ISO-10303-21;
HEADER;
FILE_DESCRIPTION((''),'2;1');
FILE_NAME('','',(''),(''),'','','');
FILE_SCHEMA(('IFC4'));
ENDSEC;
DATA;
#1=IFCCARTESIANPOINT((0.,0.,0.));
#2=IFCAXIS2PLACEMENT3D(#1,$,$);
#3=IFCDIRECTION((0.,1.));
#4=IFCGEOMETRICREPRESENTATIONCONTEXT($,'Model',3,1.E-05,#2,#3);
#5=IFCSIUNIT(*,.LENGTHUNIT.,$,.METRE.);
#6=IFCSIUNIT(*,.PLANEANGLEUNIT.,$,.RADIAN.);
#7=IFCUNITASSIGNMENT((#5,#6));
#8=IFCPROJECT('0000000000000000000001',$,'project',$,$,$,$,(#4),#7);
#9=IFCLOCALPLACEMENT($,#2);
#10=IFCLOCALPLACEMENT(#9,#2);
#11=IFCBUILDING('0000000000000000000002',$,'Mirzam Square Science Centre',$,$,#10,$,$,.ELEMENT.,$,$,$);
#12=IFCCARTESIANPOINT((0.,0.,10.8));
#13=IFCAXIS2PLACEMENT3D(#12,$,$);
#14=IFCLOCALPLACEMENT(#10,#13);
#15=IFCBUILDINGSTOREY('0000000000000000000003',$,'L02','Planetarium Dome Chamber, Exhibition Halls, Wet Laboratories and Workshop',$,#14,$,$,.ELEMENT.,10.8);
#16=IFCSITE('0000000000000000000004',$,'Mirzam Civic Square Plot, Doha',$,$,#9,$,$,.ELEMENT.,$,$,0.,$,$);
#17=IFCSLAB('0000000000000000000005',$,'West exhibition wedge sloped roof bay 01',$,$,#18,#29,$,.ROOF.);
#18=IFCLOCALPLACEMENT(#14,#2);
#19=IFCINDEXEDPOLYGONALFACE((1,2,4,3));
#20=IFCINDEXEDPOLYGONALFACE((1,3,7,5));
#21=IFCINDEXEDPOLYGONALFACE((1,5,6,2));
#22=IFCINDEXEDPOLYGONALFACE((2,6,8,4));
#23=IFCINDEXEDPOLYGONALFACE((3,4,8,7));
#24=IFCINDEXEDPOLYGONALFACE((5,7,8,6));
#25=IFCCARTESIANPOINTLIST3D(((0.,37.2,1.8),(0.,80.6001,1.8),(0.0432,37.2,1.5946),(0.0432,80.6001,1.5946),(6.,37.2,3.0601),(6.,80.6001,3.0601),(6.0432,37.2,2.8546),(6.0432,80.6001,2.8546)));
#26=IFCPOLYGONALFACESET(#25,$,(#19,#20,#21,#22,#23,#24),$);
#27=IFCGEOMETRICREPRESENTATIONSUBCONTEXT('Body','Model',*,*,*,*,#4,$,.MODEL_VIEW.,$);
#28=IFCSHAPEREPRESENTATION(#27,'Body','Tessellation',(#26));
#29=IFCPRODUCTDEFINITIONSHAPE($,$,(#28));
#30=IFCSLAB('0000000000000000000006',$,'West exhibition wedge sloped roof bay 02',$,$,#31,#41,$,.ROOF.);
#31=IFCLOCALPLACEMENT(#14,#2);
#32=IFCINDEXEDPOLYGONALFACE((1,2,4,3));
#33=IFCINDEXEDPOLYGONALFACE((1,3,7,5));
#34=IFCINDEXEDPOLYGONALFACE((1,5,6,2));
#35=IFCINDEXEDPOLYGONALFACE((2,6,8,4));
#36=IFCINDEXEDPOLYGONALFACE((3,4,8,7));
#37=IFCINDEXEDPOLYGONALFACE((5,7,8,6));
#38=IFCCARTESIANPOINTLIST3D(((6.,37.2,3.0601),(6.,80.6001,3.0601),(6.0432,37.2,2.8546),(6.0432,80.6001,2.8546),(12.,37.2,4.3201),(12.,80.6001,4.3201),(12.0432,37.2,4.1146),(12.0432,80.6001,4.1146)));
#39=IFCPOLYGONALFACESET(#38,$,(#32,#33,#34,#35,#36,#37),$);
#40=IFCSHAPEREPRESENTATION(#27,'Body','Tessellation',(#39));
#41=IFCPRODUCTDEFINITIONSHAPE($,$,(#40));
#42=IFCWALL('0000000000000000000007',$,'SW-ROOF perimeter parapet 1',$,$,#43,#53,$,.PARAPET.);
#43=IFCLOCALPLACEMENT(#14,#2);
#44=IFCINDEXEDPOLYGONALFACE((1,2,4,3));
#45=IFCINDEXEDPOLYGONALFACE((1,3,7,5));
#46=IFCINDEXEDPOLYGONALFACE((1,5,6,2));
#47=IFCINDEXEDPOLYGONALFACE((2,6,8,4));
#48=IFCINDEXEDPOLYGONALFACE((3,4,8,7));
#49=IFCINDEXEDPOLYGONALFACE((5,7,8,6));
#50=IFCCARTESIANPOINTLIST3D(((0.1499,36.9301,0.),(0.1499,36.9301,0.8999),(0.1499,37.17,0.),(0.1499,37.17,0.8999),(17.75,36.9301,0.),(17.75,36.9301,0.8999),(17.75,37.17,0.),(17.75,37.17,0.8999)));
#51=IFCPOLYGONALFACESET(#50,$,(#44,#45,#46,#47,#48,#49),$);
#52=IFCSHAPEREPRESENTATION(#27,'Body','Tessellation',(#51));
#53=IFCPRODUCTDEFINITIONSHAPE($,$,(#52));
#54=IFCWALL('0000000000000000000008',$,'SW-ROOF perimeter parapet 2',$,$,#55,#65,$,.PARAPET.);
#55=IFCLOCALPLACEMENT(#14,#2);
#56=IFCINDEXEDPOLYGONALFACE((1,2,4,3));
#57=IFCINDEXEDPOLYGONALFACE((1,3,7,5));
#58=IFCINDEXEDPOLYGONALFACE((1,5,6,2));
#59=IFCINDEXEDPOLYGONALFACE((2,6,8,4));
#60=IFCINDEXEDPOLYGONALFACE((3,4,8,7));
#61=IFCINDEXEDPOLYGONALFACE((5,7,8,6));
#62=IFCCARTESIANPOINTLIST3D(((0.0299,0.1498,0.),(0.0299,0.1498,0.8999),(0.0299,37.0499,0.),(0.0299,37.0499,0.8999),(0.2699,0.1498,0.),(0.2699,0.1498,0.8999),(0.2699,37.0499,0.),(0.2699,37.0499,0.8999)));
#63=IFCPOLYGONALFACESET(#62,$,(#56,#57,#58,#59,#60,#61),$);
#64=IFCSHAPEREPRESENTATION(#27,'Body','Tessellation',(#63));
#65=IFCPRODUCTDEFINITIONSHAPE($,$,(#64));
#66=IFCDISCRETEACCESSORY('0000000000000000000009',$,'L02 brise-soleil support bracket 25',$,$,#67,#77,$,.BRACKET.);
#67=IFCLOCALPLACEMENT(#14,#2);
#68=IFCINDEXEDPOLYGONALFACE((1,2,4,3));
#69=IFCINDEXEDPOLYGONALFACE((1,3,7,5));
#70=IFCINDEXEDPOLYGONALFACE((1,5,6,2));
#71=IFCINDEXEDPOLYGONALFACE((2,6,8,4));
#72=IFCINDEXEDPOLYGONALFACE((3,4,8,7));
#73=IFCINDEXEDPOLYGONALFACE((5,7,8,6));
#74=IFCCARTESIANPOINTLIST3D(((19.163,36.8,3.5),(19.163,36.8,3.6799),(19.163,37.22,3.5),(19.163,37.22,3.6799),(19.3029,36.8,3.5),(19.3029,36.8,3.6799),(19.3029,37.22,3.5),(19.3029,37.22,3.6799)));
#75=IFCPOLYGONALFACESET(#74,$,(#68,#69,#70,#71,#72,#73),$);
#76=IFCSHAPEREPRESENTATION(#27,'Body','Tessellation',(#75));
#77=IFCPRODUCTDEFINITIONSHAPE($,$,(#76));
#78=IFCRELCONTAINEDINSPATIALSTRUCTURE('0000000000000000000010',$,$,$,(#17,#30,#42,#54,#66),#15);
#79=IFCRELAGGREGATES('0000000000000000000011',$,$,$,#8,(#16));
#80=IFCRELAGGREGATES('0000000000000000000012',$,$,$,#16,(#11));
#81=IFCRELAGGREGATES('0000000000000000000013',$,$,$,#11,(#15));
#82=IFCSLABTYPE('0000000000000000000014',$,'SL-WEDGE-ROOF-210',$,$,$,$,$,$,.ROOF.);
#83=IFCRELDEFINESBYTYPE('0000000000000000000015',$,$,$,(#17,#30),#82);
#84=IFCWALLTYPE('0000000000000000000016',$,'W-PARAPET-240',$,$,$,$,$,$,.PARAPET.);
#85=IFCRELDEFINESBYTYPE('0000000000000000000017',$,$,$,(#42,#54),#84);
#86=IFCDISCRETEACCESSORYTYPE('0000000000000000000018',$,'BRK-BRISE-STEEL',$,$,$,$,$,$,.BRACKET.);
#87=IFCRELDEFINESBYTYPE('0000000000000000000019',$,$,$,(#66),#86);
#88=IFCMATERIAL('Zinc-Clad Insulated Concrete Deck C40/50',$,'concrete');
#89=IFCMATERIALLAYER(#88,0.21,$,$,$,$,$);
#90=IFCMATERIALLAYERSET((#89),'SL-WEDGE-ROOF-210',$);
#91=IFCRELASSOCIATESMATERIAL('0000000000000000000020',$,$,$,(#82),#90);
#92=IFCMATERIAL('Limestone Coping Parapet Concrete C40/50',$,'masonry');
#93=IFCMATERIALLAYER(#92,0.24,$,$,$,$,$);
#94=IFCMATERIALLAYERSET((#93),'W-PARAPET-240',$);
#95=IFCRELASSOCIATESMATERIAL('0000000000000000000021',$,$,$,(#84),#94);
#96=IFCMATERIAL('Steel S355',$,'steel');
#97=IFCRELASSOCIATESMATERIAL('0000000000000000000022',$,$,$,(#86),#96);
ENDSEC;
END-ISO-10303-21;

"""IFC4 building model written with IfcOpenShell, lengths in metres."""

from ifc_helpers import new_model, si_unit, direction, frame, frame_2d, origin, origin_2d, place, context, subcontext, project, spatial, polyline, rectangle, outline, extrude, material, layer, layer_set, type_object, element, save


model = new_model("IFC4")

# Units and contexts
model_context = context("Model", 3, precision=1e-05, world=origin(), true_north=direction((0.0, 1.0)))
body_context = subcontext(model_context, "Body", "Model", "MODEL_VIEW")
ifc_project = project(units=[si_unit("LENGTHUNIT", "METRE"), si_unit("PLANEANGLEUNIT", "RADIAN")], contexts=[model_context])

# Site, building, storey
site_placement = place(None, origin())
site = spatial("IfcSite", under=ifc_project, at=site_placement, Name="Mirzam Civic Square Plot, Doha", CompositionType="ELEMENT", RefElevation=0.0)
building_placement = place(site_placement, origin())
building = spatial("IfcBuilding", under=site, at=building_placement, Name="Mirzam Square Science Centre", CompositionType="ELEMENT")
storey_placement = place(building_placement, frame((0.0, 0.0, 10.8)))
storey = spatial("IfcBuildingStorey", under=building, at=storey_placement, Name="L02", Description="Planetarium Dome Chamber, Exhibition Halls, Wet Laboratories and Workshop", CompositionType="ELEMENT", Elevation=10.8)

# Shared definitions
ifc_material_1 = material(Name="Steel S355", Category="steel")

# Slabs
ifc_material_2 = material(Name="Zinc-Clad Insulated Concrete Deck C40/50", Category="concrete")
ifc_layer_1 = layer(ifc_material_2, 0.21)
ifc_layer_set_1 = layer_set([ifc_layer_1], Name="SL-WEDGE-ROOF-210")
slab_type = type_object("IfcSlabType", Name="SL-WEDGE-ROOF-210", PredefinedType="ROOF", material=ifc_layer_set_1)
for number, where, z_axis, x_axis, name in (
    (1, (0.0, 37.2, 1.8), (-0.205519, 0.0, 0.978653), (0.978653, 0.0, 0.205519), "West exhibition wedge sloped roof bay 01"),
    (2, (6.0, 37.2, 3.0601), (-0.205519, 0.0, 0.978653), (0.978653, 0.0, 0.205519), "West exhibition wedge sloped roof bay 02"),
):
    element("IfcSlab", number, at=place(storey_placement, frame(where, z_axis=z_axis, x_axis=x_axis)), inside=storey, type_object=slab_type, Name=name, PredefinedType="ROOF", context=body_context, shape_type="SweptSolid", body=[
        extrude(outline(polyline([(0.0, 0.0), (6.1309, 0.0), (6.1309, 43.4001), (0.0, 43.4001), (0.0, 0.0)])), origin(), (0.0, 0.0, -1.0), 0.21),
    ])

# Walls
ifc_material_3 = material(Name="Limestone Coping Parapet Concrete C40/50", Category="masonry")
ifc_layer_2 = layer(ifc_material_3, 0.24)
ifc_layer_set_2 = layer_set([ifc_layer_2], Name="W-PARAPET-240")
wall_type = type_object("IfcWallType", Name="W-PARAPET-240", PredefinedType="PARAPET", material=ifc_layer_set_2)
wall_1_placement = place(storey_placement, frame((17.75, 37.05, 0.0), z_axis=(0.0, 0.0, 1.0), x_axis=(-1.0, 0.0, 0.0)))
element("IfcWall", 3, at=wall_1_placement, inside=storey, type_object=wall_type, Name="SW-ROOF perimeter parapet 1", PredefinedType="PARAPET", context=body_context, shape_type="SweptSolid", body=[
    extrude(rectangle(XDim=17.6001, YDim=0.24, at=frame_2d((8.8, 0.0))), origin(), (0.0, 0.0, 1.0), 0.8999),
])
wall_2_placement = place(storey_placement, frame((0.1499, 37.05, 0.0), z_axis=(0.0, 0.0, 1.0), x_axis=(0.0, -1.0, 0.0)))
element("IfcWall", 4, at=wall_2_placement, inside=storey, type_object=wall_type, Name="SW-ROOF perimeter parapet 2", PredefinedType="PARAPET", context=body_context, shape_type="SweptSolid", body=[
    extrude(rectangle(XDim=36.9001, YDim=0.24, at=frame_2d((18.4502, 0.0))), origin(), (0.0, 0.0, 1.0), 0.8999),
])

# Discrete accessory
discrete_accessory_type = type_object("IfcDiscreteAccessoryType", Name="BRK-BRISE-STEEL", PredefinedType="BRACKET", material=ifc_material_1)
discrete_accessory_placement = place(storey_placement, frame((19.2329, 37.01, 3.5), z_axis=(0.0, 0.0, 1.0), x_axis=(1.0, 0.0, 0.0)))
element("IfcDiscreteAccessory", 5, at=discrete_accessory_placement, inside=storey, type_object=discrete_accessory_type, Name="L02 brise-soleil support bracket 25", PredefinedType="BRACKET", context=body_context, shape_type="SweptSolid", body=[
    extrude(rectangle(XDim=0.1399, YDim=0.4199, at=origin_2d()), origin(), (0.0, 0.0, 1.0), 0.1799),
])

save(model, "model.ifc")
